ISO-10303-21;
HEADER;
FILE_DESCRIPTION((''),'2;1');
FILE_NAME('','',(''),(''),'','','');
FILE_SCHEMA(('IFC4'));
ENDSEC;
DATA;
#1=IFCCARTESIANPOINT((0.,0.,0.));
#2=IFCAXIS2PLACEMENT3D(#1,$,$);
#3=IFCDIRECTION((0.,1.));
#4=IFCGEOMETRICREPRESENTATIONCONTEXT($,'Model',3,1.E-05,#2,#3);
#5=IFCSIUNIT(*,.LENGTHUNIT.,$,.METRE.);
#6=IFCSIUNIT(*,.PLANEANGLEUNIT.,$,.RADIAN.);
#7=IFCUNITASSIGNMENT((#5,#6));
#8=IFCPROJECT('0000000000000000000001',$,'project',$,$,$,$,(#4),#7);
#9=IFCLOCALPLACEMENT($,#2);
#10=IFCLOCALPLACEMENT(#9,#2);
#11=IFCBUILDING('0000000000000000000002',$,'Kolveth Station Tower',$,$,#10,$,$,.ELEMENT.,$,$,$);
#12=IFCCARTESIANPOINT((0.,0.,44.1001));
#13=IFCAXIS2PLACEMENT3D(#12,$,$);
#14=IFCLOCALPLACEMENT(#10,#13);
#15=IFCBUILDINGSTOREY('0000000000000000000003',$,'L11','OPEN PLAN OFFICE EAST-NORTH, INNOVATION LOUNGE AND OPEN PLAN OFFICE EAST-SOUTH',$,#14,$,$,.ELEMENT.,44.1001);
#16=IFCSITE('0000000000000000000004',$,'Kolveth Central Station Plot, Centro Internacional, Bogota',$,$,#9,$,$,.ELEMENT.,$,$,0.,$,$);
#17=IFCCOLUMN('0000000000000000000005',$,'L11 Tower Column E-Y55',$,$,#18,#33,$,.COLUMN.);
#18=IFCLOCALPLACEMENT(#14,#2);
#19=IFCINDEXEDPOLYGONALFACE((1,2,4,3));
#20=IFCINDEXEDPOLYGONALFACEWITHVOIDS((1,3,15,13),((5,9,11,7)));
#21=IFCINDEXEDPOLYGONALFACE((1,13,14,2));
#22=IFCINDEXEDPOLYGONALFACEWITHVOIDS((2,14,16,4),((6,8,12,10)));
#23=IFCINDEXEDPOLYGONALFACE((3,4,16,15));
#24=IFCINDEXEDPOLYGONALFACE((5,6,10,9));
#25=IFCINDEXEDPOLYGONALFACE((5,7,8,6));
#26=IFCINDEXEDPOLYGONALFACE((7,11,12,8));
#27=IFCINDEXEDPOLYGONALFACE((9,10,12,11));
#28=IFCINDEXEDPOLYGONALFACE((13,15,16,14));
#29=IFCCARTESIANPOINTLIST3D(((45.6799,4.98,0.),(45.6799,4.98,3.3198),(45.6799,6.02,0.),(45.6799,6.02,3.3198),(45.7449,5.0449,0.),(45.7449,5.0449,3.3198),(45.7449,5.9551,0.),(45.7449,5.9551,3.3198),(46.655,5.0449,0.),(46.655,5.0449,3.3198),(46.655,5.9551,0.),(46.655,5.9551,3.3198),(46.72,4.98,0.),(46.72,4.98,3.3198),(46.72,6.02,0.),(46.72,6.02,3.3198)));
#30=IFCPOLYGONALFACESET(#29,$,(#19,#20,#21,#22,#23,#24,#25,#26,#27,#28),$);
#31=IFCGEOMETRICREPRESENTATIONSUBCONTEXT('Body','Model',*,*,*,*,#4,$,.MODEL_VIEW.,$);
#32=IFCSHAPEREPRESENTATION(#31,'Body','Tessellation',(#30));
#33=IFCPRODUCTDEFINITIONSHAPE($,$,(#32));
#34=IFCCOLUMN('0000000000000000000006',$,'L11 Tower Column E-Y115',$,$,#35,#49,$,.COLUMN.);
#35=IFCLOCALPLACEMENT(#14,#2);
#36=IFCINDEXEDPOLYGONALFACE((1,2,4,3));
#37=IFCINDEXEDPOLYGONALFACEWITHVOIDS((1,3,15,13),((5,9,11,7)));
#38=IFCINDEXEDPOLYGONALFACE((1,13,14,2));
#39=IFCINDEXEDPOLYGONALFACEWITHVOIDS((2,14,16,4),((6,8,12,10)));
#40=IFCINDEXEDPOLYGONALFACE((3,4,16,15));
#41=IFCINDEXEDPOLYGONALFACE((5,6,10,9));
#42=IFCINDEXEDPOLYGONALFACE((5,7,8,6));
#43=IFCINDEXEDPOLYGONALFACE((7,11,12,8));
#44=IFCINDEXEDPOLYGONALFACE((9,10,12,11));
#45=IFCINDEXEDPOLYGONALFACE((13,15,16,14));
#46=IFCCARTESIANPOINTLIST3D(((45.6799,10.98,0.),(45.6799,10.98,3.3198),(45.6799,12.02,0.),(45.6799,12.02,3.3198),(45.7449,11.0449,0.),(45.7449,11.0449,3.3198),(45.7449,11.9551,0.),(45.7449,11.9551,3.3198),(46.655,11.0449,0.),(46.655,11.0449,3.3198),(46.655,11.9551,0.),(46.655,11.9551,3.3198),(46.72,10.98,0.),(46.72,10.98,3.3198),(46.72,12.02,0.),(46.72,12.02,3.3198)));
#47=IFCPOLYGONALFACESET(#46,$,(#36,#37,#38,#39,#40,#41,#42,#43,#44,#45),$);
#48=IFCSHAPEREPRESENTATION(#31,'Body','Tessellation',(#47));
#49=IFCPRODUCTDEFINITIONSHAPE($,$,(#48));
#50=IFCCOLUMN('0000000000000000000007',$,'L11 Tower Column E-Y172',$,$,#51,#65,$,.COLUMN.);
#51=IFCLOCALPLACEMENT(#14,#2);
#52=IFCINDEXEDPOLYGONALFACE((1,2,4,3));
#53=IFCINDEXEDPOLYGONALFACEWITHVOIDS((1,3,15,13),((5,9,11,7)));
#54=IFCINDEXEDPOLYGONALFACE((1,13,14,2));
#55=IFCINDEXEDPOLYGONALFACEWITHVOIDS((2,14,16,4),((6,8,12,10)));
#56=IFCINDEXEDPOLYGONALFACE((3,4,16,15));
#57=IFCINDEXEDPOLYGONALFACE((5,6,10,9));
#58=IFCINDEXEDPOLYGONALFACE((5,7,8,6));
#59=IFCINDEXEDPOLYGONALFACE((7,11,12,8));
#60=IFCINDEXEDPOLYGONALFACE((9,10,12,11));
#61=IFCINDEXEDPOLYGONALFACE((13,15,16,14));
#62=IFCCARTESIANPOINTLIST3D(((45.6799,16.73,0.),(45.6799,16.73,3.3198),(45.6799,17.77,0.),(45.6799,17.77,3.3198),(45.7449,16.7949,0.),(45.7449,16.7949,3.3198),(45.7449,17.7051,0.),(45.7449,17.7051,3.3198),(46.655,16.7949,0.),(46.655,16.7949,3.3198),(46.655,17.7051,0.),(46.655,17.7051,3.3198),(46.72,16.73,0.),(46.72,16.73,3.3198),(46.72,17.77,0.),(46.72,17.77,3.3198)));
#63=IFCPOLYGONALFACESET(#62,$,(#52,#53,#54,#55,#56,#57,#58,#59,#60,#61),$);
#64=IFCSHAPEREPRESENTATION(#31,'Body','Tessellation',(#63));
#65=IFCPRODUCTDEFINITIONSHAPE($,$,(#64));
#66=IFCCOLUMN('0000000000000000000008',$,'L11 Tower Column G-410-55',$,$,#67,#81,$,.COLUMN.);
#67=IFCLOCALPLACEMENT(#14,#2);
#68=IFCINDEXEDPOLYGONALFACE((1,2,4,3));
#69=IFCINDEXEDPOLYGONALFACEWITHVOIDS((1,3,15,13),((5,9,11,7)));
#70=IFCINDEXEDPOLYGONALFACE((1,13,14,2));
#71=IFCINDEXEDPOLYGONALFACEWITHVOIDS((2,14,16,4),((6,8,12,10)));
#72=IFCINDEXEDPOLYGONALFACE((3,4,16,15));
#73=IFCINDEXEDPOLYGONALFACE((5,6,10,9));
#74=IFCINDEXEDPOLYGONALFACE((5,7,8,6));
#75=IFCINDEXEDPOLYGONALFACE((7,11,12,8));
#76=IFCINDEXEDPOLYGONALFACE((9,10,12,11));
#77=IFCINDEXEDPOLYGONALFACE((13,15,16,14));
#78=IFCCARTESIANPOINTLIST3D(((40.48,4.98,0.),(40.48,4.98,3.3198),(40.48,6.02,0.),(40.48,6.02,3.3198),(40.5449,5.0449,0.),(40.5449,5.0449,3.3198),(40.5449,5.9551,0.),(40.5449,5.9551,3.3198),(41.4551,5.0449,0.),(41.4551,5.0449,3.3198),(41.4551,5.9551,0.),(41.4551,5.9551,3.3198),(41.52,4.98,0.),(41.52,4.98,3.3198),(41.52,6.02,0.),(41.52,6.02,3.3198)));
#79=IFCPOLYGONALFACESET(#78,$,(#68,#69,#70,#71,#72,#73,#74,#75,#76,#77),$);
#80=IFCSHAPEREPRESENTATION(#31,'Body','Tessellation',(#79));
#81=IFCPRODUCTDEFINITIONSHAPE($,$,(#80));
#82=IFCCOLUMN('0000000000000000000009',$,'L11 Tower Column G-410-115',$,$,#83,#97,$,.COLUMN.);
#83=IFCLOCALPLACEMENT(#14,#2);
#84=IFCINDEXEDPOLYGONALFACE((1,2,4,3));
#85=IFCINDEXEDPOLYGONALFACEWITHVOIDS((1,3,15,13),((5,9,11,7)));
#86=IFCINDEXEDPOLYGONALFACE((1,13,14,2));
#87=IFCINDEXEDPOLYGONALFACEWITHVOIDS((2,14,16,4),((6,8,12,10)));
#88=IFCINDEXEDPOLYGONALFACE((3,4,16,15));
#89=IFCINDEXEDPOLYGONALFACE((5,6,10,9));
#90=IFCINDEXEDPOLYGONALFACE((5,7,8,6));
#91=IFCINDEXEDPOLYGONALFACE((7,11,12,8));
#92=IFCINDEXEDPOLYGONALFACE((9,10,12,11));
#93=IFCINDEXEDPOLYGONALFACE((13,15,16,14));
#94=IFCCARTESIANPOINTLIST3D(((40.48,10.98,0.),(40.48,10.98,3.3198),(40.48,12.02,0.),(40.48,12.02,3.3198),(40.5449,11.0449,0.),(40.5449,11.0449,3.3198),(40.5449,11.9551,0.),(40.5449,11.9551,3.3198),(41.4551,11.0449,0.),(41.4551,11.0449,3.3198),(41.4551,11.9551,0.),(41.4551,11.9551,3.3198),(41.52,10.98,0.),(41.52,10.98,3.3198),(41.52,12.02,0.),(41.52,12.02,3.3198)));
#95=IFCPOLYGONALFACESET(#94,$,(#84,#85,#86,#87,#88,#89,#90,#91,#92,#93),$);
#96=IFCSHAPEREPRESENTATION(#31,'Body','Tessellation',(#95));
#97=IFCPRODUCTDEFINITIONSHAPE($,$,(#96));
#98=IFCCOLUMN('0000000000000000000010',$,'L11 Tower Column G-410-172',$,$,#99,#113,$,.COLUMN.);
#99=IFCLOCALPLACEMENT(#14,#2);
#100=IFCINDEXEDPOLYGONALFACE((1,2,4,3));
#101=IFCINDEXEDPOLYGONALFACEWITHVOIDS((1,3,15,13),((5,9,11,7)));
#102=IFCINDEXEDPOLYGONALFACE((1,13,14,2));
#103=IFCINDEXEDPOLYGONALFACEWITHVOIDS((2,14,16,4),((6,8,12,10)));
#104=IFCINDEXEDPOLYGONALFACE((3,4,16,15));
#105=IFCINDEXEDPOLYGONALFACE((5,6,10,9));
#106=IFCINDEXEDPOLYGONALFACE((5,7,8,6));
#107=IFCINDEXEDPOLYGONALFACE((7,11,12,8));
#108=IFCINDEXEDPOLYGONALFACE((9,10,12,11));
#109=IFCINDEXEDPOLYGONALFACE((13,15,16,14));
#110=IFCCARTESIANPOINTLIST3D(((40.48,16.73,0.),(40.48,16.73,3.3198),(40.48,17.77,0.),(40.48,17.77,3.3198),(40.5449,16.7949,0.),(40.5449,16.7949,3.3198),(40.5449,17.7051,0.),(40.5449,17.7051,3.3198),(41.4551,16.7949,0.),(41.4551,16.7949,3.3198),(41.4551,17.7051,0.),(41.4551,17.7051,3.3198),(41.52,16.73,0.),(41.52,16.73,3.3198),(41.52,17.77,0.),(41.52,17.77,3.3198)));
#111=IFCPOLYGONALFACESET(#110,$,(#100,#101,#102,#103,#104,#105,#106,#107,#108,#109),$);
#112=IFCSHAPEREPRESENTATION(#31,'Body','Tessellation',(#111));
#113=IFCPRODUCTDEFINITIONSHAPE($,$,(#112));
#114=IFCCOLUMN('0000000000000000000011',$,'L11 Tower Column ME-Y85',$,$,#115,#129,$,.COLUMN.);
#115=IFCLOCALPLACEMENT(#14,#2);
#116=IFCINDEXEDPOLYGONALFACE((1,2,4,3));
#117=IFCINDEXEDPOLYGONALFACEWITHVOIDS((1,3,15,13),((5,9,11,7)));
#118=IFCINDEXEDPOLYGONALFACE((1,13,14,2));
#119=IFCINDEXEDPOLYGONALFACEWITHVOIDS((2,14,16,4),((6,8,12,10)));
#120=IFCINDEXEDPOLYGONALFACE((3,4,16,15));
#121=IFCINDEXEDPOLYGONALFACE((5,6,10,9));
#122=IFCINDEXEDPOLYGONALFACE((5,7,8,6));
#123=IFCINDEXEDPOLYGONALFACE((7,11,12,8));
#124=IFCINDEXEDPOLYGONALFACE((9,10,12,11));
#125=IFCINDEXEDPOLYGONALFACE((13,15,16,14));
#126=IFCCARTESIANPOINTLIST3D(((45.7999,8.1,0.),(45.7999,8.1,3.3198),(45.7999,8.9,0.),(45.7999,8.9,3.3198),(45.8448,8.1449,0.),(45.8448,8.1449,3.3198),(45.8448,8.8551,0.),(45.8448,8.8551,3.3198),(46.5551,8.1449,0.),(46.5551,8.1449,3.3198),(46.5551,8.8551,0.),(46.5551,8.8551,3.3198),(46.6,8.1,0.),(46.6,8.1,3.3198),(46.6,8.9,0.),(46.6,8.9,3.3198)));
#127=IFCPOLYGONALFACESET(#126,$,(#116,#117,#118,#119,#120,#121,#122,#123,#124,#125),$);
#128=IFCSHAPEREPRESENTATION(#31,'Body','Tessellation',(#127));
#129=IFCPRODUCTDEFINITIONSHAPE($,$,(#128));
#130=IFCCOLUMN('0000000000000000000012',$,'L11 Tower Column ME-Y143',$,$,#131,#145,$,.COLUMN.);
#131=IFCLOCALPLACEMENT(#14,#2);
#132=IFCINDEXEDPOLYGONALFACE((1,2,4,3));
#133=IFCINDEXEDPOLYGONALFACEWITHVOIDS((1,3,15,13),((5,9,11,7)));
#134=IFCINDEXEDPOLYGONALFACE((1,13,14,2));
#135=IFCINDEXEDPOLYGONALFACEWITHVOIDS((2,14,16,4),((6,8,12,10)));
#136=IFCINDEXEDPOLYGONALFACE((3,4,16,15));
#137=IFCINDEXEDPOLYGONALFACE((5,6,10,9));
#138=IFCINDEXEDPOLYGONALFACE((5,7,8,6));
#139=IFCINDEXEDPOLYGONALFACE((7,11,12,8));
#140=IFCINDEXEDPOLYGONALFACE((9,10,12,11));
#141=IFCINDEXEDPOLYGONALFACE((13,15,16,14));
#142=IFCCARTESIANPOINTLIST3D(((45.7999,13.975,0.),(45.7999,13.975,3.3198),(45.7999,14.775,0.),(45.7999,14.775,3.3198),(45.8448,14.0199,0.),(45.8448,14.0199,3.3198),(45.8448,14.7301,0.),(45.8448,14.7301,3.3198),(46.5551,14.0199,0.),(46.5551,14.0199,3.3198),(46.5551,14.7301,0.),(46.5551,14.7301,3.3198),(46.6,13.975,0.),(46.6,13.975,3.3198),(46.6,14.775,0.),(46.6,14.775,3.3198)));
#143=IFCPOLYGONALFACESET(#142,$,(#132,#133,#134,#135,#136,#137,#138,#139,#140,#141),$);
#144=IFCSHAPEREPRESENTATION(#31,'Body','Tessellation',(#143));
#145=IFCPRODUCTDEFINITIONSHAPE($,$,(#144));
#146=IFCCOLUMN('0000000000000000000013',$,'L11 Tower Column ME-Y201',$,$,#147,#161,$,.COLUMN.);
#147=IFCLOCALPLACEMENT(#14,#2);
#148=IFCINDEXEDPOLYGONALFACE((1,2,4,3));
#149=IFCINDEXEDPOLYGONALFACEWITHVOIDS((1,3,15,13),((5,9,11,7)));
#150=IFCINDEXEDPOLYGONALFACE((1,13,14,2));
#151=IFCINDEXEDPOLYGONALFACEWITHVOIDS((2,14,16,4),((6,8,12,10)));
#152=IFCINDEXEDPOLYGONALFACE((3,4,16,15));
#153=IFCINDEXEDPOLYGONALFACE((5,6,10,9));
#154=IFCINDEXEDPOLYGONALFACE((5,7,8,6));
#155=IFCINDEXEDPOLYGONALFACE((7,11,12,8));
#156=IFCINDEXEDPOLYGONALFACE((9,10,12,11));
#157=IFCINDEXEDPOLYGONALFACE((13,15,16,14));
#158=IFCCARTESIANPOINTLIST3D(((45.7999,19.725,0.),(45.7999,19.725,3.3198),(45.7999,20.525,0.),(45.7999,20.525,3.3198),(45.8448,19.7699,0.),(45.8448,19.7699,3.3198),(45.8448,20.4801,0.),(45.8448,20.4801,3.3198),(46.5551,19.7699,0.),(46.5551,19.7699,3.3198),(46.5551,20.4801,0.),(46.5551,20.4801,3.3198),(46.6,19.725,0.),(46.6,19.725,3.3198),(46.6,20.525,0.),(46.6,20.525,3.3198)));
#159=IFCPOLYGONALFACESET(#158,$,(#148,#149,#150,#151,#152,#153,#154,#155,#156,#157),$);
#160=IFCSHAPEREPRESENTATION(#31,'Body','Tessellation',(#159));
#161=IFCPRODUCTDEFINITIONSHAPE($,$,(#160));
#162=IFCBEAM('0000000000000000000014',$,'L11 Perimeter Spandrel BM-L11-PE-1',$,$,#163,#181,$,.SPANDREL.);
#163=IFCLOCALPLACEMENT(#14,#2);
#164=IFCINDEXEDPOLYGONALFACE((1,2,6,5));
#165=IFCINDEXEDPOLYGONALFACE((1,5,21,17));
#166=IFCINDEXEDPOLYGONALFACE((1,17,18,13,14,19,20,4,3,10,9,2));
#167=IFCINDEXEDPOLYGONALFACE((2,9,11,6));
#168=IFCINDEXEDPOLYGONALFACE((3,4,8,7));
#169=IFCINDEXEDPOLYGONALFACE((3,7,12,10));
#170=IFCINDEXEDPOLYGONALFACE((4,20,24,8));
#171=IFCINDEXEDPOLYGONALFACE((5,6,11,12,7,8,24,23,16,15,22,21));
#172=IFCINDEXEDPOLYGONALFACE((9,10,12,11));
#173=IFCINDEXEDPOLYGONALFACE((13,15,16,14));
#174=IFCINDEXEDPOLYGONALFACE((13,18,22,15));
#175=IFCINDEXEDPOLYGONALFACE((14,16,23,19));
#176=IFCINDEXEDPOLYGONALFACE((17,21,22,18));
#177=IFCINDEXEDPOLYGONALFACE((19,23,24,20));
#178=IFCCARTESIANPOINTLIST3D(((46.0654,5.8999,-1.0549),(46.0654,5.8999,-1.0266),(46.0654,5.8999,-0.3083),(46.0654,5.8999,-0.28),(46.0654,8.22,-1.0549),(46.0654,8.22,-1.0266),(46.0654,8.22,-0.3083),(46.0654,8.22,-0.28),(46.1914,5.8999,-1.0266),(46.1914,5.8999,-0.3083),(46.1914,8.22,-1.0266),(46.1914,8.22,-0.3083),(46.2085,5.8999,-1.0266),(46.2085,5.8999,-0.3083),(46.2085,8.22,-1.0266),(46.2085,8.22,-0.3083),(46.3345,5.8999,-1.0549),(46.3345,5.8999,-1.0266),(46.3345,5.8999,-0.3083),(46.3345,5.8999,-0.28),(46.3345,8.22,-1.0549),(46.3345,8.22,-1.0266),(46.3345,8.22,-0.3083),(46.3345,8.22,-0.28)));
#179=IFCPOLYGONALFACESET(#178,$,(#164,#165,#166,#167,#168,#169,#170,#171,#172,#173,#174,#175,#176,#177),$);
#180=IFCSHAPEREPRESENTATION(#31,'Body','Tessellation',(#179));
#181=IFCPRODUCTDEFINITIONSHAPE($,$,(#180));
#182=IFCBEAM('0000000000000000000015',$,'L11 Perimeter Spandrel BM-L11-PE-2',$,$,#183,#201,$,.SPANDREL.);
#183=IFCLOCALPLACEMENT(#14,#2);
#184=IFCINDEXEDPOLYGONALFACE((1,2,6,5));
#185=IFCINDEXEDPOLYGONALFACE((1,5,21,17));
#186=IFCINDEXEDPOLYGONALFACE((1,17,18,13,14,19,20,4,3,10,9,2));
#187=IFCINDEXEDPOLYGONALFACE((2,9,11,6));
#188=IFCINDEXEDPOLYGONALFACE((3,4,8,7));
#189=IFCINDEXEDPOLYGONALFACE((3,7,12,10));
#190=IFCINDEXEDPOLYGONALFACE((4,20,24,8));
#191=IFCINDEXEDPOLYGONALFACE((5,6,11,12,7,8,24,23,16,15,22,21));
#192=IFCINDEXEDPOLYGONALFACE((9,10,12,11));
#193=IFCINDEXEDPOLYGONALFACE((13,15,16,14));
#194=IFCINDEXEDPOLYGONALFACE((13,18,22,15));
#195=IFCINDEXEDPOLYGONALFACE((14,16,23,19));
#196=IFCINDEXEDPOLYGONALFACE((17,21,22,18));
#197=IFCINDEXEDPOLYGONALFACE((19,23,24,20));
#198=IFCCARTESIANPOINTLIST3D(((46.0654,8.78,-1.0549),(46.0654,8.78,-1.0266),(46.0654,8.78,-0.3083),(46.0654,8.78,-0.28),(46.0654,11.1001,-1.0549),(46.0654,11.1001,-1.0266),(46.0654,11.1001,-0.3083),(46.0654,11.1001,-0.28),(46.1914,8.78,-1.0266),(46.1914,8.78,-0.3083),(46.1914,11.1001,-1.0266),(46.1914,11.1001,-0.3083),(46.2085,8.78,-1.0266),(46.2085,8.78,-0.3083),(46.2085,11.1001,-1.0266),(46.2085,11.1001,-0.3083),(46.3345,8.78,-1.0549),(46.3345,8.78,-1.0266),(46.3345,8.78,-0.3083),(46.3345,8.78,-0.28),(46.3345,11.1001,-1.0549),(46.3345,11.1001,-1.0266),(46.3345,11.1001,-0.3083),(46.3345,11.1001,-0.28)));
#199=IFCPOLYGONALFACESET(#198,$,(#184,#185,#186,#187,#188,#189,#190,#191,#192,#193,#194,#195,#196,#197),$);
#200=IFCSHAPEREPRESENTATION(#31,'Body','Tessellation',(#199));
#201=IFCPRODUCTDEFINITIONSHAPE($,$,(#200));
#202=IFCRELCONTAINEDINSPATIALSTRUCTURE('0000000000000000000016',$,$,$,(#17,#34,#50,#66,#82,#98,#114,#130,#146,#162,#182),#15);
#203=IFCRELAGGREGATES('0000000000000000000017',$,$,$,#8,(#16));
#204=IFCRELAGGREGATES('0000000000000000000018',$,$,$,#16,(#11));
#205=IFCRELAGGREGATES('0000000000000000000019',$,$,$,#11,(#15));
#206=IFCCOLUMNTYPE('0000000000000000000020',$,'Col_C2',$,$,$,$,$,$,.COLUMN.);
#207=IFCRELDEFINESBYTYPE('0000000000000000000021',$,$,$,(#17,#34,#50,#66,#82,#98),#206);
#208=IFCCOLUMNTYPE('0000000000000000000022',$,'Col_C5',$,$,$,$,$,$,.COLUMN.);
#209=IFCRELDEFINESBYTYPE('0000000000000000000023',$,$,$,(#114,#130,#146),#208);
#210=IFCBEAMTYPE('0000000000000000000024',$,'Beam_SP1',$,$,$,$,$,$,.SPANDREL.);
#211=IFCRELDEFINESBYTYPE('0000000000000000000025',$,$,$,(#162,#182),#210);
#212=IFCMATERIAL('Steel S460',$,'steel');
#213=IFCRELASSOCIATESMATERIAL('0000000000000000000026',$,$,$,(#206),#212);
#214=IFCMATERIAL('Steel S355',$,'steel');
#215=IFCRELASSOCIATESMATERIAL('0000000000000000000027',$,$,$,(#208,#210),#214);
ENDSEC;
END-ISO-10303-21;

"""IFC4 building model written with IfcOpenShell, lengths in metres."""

from ifc_helpers import new_model, si_unit, direction, frame, origin, origin_2d, place, context, subcontext, project, spatial, hollow_rectangle, i_section, extrude, source, transform, mapped, material, material_profile, profile_set, type_object, element, save


model = new_model("IFC4")

# Units and contexts
model_context = context("Model", 3, precision=1e-05, world=origin(), true_north=direction((0.0, 1.0)))
body_context = subcontext(model_context, "Body", "Model", "MODEL_VIEW")
ifc_project = project(units=[si_unit("LENGTHUNIT", "METRE"), si_unit("PLANEANGLEUNIT", "RADIAN")], contexts=[model_context])

# Site, building, storey
site_placement = place(None, origin())
site = spatial("IfcSite", under=ifc_project, at=site_placement, Name="Kolveth Central Station Plot, Centro Internacional, Bogota", CompositionType="ELEMENT", RefElevation=0.0)
building_placement = place(site_placement, origin())
building = spatial("IfcBuilding", under=site, at=building_placement, Name="Kolveth Station Tower", CompositionType="ELEMENT")
storey_placement = place(building_placement, frame((0.0, 0.0, 44.1001)))
storey = spatial("IfcBuildingStorey", under=building, at=storey_placement, Name="L11", Description="OPEN PLAN OFFICE EAST-NORTH, INNOVATION LOUNGE AND OPEN PLAN OFFICE EAST-SOUTH", CompositionType="ELEMENT", Elevation=44.1001)

# Columns
ifc_material_1 = material(Name="Steel S460", Category="steel")
ifc_material_profile_1 = material_profile(ifc_material_1, hollow_rectangle(XDim=1.04, YDim=1.04, WallThickness=0.0649, at=origin_2d()), Name="BOX1040x1040x65")
ifc_profile_set_1 = profile_set([ifc_material_profile_1], Name="Steel S460")
column_type_1 = type_object("IfcColumnType", Name="Col_C2", PredefinedType="COLUMN", material=ifc_profile_set_1)
shared_shape_1 = source(origin(), body_context, "Body", "SweptSolid", [
    extrude(hollow_rectangle(XDim=1.04, YDim=1.04, WallThickness=0.0649, at=origin_2d()), origin(), (0.0, 0.0, 1.0), 3.3198),
])
for number, where, z_axis, x_axis, name in (
    (1, (46.2, 5.5, 0.0), (0.0, 0.0, 1.0), (1.0, 0.0, 0.0), "L11 Tower Column E-Y55"),
    (2, (46.2, 11.5, 0.0), (0.0, 0.0, 1.0), (1.0, 0.0, 0.0), "L11 Tower Column E-Y115"),
    (3, (46.2, 17.25, 0.0), (0.0, 0.0, 1.0), (1.0, 0.0, 0.0), "L11 Tower Column E-Y172"),
    (4, (41.0, 5.5, 0.0), (0.0, 0.0, 1.0), (1.0, 0.0, 0.0), "L11 Tower Column G-410-55"),
    (5, (41.0, 11.5, 0.0), (0.0, 0.0, 1.0), (1.0, 0.0, 0.0), "L11 Tower Column G-410-115"),
    (6, (41.0, 17.25, 0.0), (0.0, 0.0, 1.0), (1.0, 0.0, 0.0), "L11 Tower Column G-410-172"),
):
    element("IfcColumn", number, at=place(storey_placement, frame(where, z_axis=z_axis, x_axis=x_axis)), inside=storey, type_object=column_type_1, Name=name, PredefinedType="COLUMN", context=body_context, shape_type="MappedRepresentation", body=[
        mapped(shared_shape_1, transform((0.0, 0.0, 0.0), x_axis=(1.0, 0.0, 0.0), y_axis=(0.0, 1.0, 0.0), z_axis=(0.0, 0.0, 1.0), scale=1.0)),
    ])
ifc_material_2 = material(Name="Steel S355", Category="steel")
ifc_material_profile_2 = material_profile(ifc_material_2, hollow_rectangle(XDim=0.8, YDim=0.8, WallThickness=0.0449, at=origin_2d()), Name="BOX800x800x45")
ifc_profile_set_2 = profile_set([ifc_material_profile_2], Name="Steel S355")
column_type_2 = type_object("IfcColumnType", Name="Col_C5", PredefinedType="COLUMN", material=ifc_profile_set_2)
shared_shape_2 = source(origin(), body_context, "Body", "SweptSolid", [
    extrude(hollow_rectangle(XDim=0.8, YDim=0.8, WallThickness=0.0449, at=origin_2d()), origin(), (0.0, 0.0, 1.0), 3.3198),
])
for number, where, z_axis, x_axis, name in (
    (7, (46.2, 8.5, 0.0), (0.0, 0.0, 1.0), (1.0, 0.0, 0.0), "L11 Tower Column ME-Y85"),
    (8, (46.2, 14.375, 0.0), (0.0, 0.0, 1.0), (1.0, 0.0, 0.0), "L11 Tower Column ME-Y143"),
    (9, (46.2, 20.125, 0.0), (0.0, 0.0, 1.0), (1.0, 0.0, 0.0), "L11 Tower Column ME-Y201"),
):
    element("IfcColumn", number, at=place(storey_placement, frame(where, z_axis=z_axis, x_axis=x_axis)), inside=storey, type_object=column_type_2, Name=name, PredefinedType="COLUMN", context=body_context, shape_type="MappedRepresentation", body=[
        mapped(shared_shape_2, transform((0.0, 0.0, 0.0), x_axis=(1.0, 0.0, 0.0), y_axis=(0.0, 1.0, 0.0), z_axis=(0.0, 0.0, 1.0), scale=1.0)),
    ])

# Beams
ifc_material_profile_3 = material_profile(ifc_material_2, i_section(OverallWidth=0.269, OverallDepth=0.7749, WebThickness=0.0171, FlangeThickness=0.0283, at=origin_2d()), Name="W760x220")
ifc_profile_set_3 = profile_set([ifc_material_profile_3], Name="Steel S355")
beam_type_1 = type_object("IfcBeamType", Name="Beam_SP1", PredefinedType="SPANDREL", material=ifc_profile_set_3)
shared_shape_3 = source(origin(), body_context, "Body", "SweptSolid", [
    extrude(i_section(OverallWidth=0.269, OverallDepth=0.7749, WebThickness=0.0171, FlangeThickness=0.0283, at=origin_2d()), origin(), (0.0, 0.0, 1.0), 2.3201),
])
for number, where, z_axis, x_axis, name in (
    (10, (46.2, 5.8999, -0.6675), (0.0, 1.0, 0.0), (-1.0, 0.0, 0.0), "L11 Perimeter Spandrel BM-L11-PE-1"),
    (11, (46.2, 8.78, -0.6675), (0.0, 1.0, 0.0), (-1.0, 0.0, 0.0), "L11 Perimeter Spandrel BM-L11-PE-2"),
):
    element("IfcBeam", number, at=place(storey_placement, frame(where, z_axis=z_axis, x_axis=x_axis)), inside=storey, type_object=beam_type_1, Name=name, PredefinedType="SPANDREL", context=body_context, shape_type="MappedRepresentation", body=[
        mapped(shared_shape_3, transform((0.0, 0.0, 0.0), x_axis=(1.0, 0.0, 0.0), y_axis=(0.0, 1.0, 0.0), z_axis=(0.0, 0.0, 1.0), scale=1.0)),
    ])

save(model, "model.ifc")
